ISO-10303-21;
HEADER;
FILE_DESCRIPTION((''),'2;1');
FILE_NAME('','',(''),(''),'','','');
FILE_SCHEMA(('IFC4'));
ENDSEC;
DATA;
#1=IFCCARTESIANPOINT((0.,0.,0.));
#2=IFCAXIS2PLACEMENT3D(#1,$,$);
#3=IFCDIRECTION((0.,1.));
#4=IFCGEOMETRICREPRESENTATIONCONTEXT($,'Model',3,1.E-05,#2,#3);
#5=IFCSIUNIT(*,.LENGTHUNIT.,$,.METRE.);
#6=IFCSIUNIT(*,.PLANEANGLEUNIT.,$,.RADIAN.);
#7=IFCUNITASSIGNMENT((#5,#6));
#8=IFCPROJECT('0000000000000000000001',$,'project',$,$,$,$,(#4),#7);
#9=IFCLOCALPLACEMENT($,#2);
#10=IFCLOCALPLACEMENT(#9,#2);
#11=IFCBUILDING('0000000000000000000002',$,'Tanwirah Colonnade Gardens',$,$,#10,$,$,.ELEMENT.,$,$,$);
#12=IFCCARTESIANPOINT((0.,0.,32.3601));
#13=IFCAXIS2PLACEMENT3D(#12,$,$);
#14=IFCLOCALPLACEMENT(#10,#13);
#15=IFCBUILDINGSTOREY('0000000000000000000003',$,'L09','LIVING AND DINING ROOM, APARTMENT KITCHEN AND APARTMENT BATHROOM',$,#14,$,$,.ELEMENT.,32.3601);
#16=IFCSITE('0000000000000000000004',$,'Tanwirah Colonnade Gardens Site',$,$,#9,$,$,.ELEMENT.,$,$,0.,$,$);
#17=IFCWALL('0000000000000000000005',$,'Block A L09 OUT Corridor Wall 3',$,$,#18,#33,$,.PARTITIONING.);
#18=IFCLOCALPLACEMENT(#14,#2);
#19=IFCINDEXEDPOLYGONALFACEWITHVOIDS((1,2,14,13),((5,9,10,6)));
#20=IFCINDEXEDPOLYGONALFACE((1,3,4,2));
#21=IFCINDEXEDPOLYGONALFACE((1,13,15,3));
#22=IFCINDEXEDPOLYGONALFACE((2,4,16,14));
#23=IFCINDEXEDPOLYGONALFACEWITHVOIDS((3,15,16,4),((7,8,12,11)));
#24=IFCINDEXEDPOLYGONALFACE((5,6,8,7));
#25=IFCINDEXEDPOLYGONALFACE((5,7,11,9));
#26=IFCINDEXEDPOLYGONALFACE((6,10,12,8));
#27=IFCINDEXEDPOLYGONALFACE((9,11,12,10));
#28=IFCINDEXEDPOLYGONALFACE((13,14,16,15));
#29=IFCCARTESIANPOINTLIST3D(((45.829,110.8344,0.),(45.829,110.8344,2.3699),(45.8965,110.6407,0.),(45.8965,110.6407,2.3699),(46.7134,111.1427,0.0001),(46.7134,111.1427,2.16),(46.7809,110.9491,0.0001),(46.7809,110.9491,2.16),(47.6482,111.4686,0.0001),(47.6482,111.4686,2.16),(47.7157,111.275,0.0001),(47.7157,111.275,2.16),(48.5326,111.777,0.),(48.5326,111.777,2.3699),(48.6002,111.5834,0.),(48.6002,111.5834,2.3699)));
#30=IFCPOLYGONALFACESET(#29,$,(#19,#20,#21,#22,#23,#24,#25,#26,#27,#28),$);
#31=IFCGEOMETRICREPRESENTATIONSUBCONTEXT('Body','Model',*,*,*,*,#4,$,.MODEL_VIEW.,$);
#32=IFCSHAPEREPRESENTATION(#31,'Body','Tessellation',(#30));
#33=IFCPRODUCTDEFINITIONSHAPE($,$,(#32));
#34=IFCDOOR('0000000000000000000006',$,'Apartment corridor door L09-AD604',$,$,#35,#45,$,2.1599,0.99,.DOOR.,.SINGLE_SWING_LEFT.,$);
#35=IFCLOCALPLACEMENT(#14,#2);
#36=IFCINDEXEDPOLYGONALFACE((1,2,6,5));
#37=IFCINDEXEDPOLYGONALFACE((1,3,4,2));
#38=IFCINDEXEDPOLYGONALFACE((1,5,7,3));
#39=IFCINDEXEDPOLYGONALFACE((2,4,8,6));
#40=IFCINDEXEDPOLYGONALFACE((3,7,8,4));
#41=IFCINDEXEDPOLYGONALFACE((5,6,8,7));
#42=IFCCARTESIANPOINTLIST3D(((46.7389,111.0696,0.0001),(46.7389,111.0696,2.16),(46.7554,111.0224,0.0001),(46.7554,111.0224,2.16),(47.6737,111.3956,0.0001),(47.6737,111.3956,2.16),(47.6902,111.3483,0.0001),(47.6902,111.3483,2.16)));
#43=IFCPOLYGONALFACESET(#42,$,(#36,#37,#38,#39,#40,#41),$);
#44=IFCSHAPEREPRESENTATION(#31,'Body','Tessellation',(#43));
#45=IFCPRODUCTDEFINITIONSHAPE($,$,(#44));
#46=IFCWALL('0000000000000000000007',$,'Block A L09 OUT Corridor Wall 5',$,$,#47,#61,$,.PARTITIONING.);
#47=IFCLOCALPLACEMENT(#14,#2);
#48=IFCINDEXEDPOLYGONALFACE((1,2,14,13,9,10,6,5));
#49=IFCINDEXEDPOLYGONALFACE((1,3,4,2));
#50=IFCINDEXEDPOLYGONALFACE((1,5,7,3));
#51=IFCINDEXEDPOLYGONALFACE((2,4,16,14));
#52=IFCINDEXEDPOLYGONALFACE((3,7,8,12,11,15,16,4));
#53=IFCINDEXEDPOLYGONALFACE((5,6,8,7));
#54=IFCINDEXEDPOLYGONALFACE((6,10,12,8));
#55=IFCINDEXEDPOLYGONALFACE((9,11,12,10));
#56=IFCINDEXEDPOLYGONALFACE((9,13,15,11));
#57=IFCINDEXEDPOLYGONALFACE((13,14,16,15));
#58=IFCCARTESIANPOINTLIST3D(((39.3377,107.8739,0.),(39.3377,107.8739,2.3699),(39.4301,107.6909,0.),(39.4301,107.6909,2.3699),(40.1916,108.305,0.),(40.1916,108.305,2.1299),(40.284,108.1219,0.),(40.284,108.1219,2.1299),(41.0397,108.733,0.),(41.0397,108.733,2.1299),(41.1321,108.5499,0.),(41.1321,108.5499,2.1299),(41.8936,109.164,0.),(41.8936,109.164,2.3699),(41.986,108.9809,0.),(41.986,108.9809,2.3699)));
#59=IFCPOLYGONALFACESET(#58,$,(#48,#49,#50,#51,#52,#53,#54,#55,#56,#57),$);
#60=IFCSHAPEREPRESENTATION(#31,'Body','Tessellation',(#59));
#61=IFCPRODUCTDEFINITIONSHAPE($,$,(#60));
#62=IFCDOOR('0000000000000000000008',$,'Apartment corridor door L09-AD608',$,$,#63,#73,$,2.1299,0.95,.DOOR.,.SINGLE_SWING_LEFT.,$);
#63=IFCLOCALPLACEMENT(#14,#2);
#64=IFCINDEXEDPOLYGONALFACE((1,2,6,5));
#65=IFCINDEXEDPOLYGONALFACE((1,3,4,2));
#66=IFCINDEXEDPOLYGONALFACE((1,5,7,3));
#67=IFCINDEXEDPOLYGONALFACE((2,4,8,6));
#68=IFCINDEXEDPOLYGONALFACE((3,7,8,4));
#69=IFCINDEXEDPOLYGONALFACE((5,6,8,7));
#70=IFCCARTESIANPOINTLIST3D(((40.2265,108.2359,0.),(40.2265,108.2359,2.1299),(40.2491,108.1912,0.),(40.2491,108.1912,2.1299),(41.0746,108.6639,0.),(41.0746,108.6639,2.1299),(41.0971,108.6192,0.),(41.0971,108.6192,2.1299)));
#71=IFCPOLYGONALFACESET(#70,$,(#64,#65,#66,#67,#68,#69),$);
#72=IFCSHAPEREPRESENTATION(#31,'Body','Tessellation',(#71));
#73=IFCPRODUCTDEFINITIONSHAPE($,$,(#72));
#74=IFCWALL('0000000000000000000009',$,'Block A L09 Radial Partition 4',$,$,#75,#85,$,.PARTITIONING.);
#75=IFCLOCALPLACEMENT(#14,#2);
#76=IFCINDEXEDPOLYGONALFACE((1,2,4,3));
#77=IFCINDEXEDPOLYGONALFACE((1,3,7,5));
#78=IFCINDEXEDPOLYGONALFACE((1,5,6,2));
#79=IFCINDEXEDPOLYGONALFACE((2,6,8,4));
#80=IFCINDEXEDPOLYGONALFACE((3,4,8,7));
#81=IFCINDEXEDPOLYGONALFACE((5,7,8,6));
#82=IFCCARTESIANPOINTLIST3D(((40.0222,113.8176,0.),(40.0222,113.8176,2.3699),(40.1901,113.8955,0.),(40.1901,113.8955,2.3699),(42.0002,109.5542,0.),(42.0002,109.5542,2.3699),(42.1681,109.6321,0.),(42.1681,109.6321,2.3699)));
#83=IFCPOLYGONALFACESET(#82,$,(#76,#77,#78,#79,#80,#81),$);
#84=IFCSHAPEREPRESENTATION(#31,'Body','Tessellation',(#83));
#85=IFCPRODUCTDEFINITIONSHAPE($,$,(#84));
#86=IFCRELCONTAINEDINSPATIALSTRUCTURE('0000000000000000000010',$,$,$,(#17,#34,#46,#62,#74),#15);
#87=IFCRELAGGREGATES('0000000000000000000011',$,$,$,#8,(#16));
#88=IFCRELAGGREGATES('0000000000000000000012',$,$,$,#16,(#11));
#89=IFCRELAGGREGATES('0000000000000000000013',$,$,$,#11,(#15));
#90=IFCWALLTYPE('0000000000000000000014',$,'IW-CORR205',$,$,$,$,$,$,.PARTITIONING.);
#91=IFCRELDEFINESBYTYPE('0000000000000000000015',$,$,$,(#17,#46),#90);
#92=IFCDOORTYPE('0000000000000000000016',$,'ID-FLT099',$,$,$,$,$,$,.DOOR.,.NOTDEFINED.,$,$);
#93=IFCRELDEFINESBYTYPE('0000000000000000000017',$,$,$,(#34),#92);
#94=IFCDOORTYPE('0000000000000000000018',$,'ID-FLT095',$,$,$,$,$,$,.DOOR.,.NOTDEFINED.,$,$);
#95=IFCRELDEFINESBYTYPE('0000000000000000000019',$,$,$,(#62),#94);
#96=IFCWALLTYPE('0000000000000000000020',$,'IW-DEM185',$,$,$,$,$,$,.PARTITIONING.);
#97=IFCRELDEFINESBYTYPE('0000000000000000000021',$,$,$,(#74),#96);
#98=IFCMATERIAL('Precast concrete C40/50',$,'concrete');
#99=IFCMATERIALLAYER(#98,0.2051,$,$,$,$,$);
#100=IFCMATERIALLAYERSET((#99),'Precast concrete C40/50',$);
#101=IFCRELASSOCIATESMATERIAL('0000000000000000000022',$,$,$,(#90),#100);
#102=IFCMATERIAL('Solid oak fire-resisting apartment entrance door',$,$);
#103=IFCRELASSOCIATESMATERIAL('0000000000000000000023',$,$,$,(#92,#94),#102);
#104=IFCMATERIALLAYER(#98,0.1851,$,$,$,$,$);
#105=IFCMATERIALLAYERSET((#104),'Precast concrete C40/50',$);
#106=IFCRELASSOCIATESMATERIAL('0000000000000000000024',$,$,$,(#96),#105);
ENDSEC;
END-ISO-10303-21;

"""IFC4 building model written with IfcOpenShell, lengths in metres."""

from ifc_helpers import new_model, si_unit, direction, frame, frame_2d, origin, place, context, subcontext, project, spatial, rectangle, extrude, material, layer, layer_set, type_object, element, fill, save


model = new_model("IFC4")

# Units and contexts
model_context = context("Model", 3, precision=1e-05, world=origin(), true_north=direction((0.0, 1.0)))
body_context = subcontext(model_context, "Body", "Model", "MODEL_VIEW")
ifc_project = project(units=[si_unit("LENGTHUNIT", "METRE"), si_unit("PLANEANGLEUNIT", "RADIAN")], contexts=[model_context])

# Site, building, storey
site_placement = place(None, origin())
site = spatial("IfcSite", under=ifc_project, at=site_placement, Name="Tanwirah Colonnade Gardens Site", CompositionType="ELEMENT", RefElevation=0.0)
building_placement = place(site_placement, origin())
building = spatial("IfcBuilding", under=site, at=building_placement, Name="Tanwirah Colonnade Gardens", CompositionType="ELEMENT")
storey_placement = place(building_placement, frame((0.0, 0.0, 32.3601)))
storey = spatial("IfcBuildingStorey", under=building, at=storey_placement, Name="L09", Description="LIVING AND DINING ROOM, APARTMENT KITCHEN AND APARTMENT BATHROOM", CompositionType="ELEMENT", Elevation=32.3601)

# Shared definitions
ifc_material_1 = material(Name="Precast concrete C40/50", Category="concrete")

# Walls, openings, doors
ifc_layer_1 = layer(ifc_material_1, 0.2051)
ifc_layer_set_1 = layer_set([ifc_layer_1], Name="Precast concrete C40/50")
wall_type_1 = type_object("IfcWallType", Name="IW-CORR205", PredefinedType="PARTITIONING", material=ifc_layer_set_1)
wall_1_placement = place(storey_placement, frame((48.5664, 111.6802, 0.0), z_axis=(0.0, 0.0, 1.0), x_axis=(-0.944254, -0.329218, 0.0)))
wall_1 = element("IfcWall", 1, at=wall_1_placement, inside=storey, type_object=wall_type_1, Name="Block A L09 OUT Corridor Wall 3", PredefinedType="PARTITIONING", context=body_context, shape_type="SweptSolid", body=[
    extrude(rectangle(XDim=2.8633, YDim=0.2051, at=frame_2d((1.4316, 0.0))), origin(), (0.0, 0.0, 1.0), 2.3699),
])
opening_1_placement = place(wall_1_placement, frame((0.9365, 0.0, 0.0)))
opening_1 = element("IfcOpeningElement", 2, at=opening_1_placement, cuts=wall_1, PredefinedType="OPENING", context=body_context, shape_type="SweptSolid", body=[
    extrude(rectangle(XDim=0.99, YDim=2.1599, at=frame_2d((0.4951, 1.0801))), frame((0.0, 0.1125, 0.0), z_axis=(0.0, -1.0, 0.0), x_axis=(1.0, 0.0, 0.0)), (0.0, 0.0, 1.0), 0.2251),
])
ifc_material_2 = material(Name="Solid oak fire-resisting apartment entrance door")
door_type_1 = type_object("IfcDoorType", Name="ID-FLT099", OperationType="NOTDEFINED", PredefinedType="DOOR", material=ifc_material_2)
door_1_placement = place(opening_1_placement, origin())
door_1 = element("IfcDoor", 3, at=door_1_placement, inside=storey, type_object=door_type_1, Name="Apartment corridor door L09-AD604", OperationType="SINGLE_SWING_LEFT", OverallHeight=2.1599, OverallWidth=0.99, PredefinedType="DOOR", context=body_context, shape_type="SweptSolid", body=[
    extrude(rectangle(XDim=0.99, YDim=2.1599, at=frame_2d((0.4951, 1.0801))), frame((0.0, 0.0249, 0.0), z_axis=(0.0, -1.0, 0.0), x_axis=(1.0, 0.0, 0.0)), (0.0, 0.0, 1.0), 0.05),
])
fill(opening_1, door_1)
wall_2_placement = place(storey_placement, frame((41.9399, 109.0725, 0.0), z_axis=(0.0, 0.0, 1.0), x_axis=(-0.892732, -0.450587, 0.0)))
wall_2 = element("IfcWall", 4, at=wall_2_placement, inside=storey, type_object=wall_type_1, Name="Block A L09 OUT Corridor Wall 5", PredefinedType="PARTITIONING", context=body_context, shape_type="SweptSolid", body=[
    extrude(rectangle(XDim=2.863, YDim=0.2051, at=frame_2d((1.4316, 0.0))), origin(), (0.0, 0.0, 1.0), 2.3699),
])
opening_2_placement = place(wall_2_placement, frame((0.9565, 0.0, 0.0)))
opening_2 = element("IfcOpeningElement", 5, at=opening_2_placement, cuts=wall_2, PredefinedType="OPENING", context=body_context, shape_type="SweptSolid", body=[
    extrude(rectangle(XDim=0.95, YDim=2.1299, at=frame_2d((0.4751, 1.0649))), frame((0.0, 0.1125, 0.0), z_axis=(0.0, -1.0, 0.0), x_axis=(1.0, 0.0, 0.0)), (0.0, 0.0, 1.0), 0.2251),
])
door_type_2 = type_object("IfcDoorType", Name="ID-FLT095", OperationType="NOTDEFINED", PredefinedType="DOOR", material=ifc_material_2)
door_2_placement = place(opening_2_placement, origin())
door_2 = element("IfcDoor", 6, at=door_2_placement, inside=storey, type_object=door_type_2, Name="Apartment corridor door L09-AD608", OperationType="SINGLE_SWING_LEFT", OverallHeight=2.1299, OverallWidth=0.95, PredefinedType="DOOR", context=body_context, shape_type="SweptSolid", body=[
    extrude(rectangle(XDim=0.95, YDim=2.1299, at=frame_2d((0.4751, 1.0649))), frame((0.0, 0.0249, 0.0), z_axis=(0.0, -1.0, 0.0), x_axis=(1.0, 0.0, 0.0)), (0.0, 0.0, 1.0), 0.05),
])
fill(opening_2, door_2)

# Wall
ifc_layer_2 = layer(ifc_material_1, 0.1851)
ifc_layer_set_2 = layer_set([ifc_layer_2], Name="Precast concrete C40/50")
wall_type_2 = type_object("IfcWallType", Name="IW-DEM185", PredefinedType="PARTITIONING", material=ifc_layer_set_2)
wall_3_placement = place(storey_placement, frame((42.0842, 109.593, 0.0), z_axis=(0.0, 0.0, 1.0), x_axis=(-0.420863, 0.907124, 0.0)))
element("IfcWall", 7, at=wall_3_placement, inside=storey, type_object=wall_type_2, Name="Block A L09 Radial Partition 4", PredefinedType="PARTITIONING", context=body_context, shape_type="SweptSolid", body=[
    extrude(rectangle(XDim=4.7, YDim=0.1851, at=frame_2d((2.3501, 0.0))), origin(), (0.0, 0.0, 1.0), 2.3699),
])

save(model, "model.ifc")
